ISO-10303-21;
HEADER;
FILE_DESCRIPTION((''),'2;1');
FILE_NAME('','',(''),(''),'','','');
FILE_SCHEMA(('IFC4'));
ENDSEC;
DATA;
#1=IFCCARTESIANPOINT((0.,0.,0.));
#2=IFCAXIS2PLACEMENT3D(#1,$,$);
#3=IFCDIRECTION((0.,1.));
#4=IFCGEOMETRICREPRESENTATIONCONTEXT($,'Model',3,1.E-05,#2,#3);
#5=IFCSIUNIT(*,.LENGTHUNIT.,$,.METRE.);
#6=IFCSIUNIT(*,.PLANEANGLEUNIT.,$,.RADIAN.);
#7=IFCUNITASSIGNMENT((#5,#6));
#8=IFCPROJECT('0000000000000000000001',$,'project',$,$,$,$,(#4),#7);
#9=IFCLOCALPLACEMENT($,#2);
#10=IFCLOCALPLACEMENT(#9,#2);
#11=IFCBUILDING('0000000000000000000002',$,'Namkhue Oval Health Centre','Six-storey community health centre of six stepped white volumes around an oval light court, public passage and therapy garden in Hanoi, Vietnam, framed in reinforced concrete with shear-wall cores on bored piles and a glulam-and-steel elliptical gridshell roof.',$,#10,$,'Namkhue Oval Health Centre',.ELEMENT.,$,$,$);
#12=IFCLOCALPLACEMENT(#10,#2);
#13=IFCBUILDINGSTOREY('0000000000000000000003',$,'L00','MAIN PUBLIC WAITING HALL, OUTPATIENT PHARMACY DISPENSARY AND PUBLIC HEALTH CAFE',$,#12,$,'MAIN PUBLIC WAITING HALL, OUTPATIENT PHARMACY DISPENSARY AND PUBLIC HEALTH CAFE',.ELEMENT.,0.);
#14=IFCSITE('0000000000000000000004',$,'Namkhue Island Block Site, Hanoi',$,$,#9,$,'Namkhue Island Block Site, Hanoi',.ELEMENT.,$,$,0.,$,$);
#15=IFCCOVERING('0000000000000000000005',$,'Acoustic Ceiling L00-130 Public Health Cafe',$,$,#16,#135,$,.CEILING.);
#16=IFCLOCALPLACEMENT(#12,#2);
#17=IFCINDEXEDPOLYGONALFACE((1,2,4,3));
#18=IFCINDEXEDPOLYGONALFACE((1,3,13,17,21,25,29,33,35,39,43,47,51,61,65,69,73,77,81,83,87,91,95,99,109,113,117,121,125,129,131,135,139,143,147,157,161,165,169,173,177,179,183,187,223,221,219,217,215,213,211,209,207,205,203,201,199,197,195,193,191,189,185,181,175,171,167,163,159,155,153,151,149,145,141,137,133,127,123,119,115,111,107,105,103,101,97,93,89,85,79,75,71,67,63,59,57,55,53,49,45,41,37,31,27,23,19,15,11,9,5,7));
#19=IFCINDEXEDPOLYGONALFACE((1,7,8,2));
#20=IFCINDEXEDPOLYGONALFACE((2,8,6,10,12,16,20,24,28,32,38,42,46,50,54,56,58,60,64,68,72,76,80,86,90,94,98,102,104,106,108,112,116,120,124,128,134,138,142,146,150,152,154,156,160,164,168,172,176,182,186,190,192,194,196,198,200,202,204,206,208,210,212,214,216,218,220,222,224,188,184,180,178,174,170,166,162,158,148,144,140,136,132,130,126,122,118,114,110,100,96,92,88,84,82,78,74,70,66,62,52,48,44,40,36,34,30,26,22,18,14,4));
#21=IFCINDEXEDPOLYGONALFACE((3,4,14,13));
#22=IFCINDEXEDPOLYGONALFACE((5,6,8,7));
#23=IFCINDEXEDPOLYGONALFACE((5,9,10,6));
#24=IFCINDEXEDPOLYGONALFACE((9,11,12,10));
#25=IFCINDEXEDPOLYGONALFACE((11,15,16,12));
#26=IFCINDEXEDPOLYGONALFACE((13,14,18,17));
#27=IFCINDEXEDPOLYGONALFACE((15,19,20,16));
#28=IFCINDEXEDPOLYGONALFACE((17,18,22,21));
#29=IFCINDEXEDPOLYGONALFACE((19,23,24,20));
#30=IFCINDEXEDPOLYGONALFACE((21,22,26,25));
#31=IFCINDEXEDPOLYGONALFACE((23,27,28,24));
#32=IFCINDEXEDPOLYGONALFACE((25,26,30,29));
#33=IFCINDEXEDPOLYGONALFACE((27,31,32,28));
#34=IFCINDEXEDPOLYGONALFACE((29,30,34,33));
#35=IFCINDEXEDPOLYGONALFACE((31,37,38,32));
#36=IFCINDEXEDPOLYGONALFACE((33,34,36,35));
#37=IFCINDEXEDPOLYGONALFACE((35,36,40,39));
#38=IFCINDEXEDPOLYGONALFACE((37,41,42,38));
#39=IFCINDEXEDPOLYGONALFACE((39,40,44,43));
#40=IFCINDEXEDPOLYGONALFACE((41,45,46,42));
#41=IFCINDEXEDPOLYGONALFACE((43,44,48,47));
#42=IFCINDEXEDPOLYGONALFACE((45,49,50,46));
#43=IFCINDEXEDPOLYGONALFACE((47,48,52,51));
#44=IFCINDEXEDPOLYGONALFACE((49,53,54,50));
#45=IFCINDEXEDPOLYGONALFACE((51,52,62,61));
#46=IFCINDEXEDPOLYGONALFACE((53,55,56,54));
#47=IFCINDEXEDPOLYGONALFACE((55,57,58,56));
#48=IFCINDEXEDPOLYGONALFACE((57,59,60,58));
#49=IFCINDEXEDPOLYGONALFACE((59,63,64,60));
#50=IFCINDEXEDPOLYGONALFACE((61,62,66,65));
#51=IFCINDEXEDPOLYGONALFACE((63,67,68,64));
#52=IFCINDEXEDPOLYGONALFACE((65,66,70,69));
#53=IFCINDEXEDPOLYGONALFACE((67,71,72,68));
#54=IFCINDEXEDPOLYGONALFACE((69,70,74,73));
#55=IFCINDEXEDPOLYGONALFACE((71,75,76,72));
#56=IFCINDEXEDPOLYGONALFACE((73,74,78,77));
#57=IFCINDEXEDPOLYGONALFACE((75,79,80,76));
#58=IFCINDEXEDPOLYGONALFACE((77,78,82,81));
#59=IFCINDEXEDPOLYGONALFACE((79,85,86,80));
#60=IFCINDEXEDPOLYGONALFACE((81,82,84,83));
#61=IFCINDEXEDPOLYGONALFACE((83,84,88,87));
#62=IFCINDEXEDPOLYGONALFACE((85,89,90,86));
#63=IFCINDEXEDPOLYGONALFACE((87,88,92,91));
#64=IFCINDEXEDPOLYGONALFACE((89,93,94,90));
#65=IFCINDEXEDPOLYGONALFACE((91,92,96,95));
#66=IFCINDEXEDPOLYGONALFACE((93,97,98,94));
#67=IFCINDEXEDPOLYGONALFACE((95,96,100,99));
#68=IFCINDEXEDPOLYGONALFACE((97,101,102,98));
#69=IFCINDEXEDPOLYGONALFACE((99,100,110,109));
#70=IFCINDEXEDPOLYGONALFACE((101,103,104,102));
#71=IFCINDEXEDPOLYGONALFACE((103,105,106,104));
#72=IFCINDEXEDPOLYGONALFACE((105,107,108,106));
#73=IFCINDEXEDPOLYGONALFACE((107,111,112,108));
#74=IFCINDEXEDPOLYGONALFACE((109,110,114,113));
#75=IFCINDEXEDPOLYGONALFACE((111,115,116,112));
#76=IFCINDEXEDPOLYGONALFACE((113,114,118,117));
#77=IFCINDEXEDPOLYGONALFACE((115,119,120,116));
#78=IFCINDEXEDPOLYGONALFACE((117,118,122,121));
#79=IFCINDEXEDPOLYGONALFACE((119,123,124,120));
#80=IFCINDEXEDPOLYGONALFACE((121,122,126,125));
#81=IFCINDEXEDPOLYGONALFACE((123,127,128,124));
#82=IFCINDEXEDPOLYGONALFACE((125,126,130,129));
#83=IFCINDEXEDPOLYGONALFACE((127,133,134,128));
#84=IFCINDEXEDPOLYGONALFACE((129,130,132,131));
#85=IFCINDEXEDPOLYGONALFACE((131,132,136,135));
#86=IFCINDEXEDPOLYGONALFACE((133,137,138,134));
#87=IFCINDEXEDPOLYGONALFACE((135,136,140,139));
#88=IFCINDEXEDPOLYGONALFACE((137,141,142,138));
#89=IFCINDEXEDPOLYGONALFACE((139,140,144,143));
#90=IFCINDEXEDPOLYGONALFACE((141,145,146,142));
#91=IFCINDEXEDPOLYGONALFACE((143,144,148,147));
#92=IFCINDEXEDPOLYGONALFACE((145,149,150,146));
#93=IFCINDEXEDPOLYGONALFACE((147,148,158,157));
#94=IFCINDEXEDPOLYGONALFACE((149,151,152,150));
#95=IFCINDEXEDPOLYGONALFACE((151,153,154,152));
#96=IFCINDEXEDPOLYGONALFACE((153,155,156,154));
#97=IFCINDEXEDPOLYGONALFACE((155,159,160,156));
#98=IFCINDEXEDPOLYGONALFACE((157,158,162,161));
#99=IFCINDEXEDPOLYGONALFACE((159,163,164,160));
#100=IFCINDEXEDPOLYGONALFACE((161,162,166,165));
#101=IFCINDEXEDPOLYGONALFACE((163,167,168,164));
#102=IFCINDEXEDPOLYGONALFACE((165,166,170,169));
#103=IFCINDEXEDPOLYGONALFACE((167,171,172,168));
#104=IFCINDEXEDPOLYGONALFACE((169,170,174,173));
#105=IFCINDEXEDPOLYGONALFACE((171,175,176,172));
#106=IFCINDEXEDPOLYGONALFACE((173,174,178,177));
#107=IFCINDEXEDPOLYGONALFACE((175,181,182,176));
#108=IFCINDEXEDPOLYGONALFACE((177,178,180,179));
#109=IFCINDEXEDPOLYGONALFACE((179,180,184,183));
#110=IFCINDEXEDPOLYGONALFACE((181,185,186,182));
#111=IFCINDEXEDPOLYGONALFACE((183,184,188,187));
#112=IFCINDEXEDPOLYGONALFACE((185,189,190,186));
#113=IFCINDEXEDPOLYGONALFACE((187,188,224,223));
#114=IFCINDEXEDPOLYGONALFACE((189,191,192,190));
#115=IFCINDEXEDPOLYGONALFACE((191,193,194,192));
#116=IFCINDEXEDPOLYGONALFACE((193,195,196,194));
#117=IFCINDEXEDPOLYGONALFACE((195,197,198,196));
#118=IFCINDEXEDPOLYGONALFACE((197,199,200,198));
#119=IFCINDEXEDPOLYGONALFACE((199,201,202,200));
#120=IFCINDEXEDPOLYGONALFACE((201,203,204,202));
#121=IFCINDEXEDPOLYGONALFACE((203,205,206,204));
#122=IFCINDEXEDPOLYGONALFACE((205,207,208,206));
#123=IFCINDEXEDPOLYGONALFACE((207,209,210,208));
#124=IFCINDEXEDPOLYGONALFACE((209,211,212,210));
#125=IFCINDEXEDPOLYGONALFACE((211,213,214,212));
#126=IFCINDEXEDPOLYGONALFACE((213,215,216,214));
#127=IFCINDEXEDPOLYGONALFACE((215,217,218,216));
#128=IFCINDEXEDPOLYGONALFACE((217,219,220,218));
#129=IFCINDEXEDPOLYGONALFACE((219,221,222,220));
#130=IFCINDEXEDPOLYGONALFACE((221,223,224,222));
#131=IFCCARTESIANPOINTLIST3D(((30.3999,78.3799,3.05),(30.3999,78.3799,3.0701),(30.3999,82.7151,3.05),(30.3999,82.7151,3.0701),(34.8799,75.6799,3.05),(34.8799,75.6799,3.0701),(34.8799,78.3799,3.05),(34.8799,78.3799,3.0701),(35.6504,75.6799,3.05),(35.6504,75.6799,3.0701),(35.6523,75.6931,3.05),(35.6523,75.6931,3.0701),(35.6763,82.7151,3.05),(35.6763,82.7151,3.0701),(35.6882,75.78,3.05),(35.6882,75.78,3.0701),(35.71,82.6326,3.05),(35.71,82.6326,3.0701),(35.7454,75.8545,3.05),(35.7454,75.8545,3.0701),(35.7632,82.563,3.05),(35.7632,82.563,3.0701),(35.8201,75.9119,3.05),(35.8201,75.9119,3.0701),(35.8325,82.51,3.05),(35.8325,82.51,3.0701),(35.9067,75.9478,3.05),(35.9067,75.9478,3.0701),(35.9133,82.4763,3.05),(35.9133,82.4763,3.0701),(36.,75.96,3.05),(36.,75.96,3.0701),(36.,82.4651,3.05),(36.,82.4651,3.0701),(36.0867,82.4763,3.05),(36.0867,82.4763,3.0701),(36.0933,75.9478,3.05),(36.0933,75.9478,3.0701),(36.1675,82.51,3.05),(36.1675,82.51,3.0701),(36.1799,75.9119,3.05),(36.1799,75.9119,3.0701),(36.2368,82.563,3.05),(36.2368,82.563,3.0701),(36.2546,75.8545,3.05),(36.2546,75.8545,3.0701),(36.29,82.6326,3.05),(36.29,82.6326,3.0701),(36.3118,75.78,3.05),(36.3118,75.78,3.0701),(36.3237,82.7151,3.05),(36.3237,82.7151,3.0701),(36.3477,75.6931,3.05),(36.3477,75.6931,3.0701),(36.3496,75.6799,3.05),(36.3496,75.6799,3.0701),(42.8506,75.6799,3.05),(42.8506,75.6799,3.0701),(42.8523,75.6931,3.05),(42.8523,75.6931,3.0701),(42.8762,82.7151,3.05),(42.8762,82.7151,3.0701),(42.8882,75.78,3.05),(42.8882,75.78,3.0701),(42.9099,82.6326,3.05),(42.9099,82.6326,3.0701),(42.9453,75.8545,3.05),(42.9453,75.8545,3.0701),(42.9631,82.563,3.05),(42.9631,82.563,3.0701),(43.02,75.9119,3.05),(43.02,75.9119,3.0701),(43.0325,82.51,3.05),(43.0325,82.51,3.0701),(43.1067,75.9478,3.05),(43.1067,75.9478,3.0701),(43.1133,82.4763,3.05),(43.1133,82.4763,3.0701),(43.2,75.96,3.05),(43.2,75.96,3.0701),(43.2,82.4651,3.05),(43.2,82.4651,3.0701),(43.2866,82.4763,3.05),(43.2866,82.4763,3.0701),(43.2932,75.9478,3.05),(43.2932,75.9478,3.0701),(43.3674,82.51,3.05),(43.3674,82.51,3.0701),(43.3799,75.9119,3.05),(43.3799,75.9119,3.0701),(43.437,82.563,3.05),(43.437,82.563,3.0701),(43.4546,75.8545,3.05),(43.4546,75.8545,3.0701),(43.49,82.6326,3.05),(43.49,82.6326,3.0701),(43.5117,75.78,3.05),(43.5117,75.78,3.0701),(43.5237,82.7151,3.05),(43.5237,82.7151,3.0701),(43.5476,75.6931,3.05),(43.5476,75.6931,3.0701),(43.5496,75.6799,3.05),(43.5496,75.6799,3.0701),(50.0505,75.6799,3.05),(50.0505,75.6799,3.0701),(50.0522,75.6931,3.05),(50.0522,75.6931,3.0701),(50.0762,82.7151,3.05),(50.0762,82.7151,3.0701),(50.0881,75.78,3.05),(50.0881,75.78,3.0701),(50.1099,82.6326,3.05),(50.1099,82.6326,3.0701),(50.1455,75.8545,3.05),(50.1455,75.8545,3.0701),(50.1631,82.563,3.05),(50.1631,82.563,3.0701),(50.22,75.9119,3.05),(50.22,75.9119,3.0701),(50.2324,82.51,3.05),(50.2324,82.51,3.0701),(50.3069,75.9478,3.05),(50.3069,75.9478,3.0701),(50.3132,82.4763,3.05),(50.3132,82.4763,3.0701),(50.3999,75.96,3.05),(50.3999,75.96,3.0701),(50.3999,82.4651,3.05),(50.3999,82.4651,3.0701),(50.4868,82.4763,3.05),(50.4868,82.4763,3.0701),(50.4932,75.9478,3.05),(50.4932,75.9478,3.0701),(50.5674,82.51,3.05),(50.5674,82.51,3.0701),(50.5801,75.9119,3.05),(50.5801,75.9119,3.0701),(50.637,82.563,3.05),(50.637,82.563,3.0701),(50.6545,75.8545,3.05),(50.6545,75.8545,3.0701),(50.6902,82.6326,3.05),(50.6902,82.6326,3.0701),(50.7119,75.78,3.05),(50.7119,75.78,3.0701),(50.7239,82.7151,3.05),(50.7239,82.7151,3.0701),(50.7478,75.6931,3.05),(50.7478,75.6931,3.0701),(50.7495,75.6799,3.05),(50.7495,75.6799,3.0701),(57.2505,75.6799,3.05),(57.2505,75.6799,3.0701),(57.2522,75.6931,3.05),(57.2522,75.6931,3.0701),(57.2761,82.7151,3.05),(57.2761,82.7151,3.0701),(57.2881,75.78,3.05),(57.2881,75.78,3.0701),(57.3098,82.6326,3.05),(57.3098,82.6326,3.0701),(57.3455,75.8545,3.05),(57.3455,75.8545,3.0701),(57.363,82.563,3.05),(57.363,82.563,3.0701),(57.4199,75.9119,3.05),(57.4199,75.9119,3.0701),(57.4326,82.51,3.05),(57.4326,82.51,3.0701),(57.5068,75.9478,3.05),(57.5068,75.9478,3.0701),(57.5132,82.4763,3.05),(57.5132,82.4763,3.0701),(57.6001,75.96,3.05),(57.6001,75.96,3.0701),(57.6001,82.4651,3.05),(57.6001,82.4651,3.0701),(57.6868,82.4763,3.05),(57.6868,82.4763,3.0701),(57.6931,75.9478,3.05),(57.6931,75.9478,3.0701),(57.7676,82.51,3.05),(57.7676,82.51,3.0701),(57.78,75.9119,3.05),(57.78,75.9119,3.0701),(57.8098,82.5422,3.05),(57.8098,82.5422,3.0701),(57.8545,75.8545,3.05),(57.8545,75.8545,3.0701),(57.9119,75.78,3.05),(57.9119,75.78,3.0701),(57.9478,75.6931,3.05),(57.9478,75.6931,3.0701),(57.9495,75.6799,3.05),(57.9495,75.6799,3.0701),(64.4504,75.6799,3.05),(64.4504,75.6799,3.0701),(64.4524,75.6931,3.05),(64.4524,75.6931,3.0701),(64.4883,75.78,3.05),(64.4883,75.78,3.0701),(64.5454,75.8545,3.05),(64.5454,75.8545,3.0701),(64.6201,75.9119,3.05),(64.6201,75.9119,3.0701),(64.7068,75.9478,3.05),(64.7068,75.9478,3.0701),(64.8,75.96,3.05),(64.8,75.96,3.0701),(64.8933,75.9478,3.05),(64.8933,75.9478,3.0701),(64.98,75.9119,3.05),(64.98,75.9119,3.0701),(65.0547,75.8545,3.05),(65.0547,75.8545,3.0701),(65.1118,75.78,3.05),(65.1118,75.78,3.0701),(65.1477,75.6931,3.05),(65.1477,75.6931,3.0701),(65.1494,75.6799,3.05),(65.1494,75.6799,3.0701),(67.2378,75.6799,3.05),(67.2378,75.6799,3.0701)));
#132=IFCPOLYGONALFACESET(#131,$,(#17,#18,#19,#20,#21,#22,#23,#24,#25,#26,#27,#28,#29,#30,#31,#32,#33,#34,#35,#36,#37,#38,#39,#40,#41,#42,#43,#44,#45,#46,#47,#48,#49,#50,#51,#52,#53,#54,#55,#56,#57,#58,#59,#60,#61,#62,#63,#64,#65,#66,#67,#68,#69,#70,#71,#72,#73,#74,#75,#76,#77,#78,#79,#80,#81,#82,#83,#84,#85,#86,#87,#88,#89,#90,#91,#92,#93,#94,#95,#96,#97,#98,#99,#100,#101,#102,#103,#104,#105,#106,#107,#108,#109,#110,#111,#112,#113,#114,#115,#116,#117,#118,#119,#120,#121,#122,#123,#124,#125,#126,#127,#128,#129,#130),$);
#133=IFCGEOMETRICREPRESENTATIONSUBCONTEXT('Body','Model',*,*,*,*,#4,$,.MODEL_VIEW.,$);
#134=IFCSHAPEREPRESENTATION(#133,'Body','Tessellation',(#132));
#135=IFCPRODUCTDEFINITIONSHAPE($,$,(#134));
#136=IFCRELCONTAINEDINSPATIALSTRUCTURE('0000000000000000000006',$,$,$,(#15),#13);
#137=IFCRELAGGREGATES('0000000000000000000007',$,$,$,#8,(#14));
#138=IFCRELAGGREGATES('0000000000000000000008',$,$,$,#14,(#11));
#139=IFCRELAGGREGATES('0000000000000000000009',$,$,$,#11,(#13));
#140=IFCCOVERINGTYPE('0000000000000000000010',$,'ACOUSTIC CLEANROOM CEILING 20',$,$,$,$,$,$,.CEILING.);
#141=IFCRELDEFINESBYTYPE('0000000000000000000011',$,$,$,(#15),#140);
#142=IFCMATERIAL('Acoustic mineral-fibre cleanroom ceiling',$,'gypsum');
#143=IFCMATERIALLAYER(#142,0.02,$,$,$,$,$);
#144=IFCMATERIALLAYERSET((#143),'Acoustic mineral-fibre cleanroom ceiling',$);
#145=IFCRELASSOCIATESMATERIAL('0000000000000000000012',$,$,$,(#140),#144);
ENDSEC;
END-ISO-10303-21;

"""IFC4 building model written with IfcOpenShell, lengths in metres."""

from ifc_helpers import new_model, si_unit, direction, frame, origin, place, context, subcontext, project, spatial, polyline, outline, extrude, material, layer, layer_set, type_object, element, save


model = new_model("IFC4")

# Units and contexts
model_context = context("Model", 3, precision=1e-05, world=origin(), true_north=direction((0.0, 1.0)))
body_context = subcontext(model_context, "Body", "Model", "MODEL_VIEW")
ifc_project = project(units=[si_unit("LENGTHUNIT", "METRE"), si_unit("PLANEANGLEUNIT", "RADIAN")], contexts=[model_context])

# Site, building, storey
site_placement = place(None, origin())
site = spatial("IfcSite", under=ifc_project, at=site_placement, Name="Namkhue Island Block Site, Hanoi", LongName="Namkhue Island Block Site, Hanoi", CompositionType="ELEMENT", RefElevation=0.0)
building_placement = place(site_placement, origin())
building = spatial("IfcBuilding", under=site, at=building_placement, Name="Namkhue Oval Health Centre", Description="Six-storey community health centre of six stepped white volumes around an oval light court, public passage and therapy garden in Hanoi, Vietnam, framed in reinforced concrete with shear-wall cores on bored piles and a glulam-and-steel elliptical gridshell roof.", LongName="Namkhue Oval Health Centre", CompositionType="ELEMENT")
storey_placement = place(building_placement, origin())
storey = spatial("IfcBuildingStorey", under=building, at=storey_placement, Name="L00", Description="MAIN PUBLIC WAITING HALL, OUTPATIENT PHARMACY DISPENSARY AND PUBLIC HEALTH CAFE", LongName="MAIN PUBLIC WAITING HALL, OUTPATIENT PHARMACY DISPENSARY AND PUBLIC HEALTH CAFE", CompositionType="ELEMENT", Elevation=0.0)

# Covering
ifc_material = material(Name="Acoustic mineral-fibre cleanroom ceiling", Category="gypsum")
ifc_layer = layer(ifc_material, 0.02)
ifc_layer_set = layer_set([ifc_layer], Name="Acoustic mineral-fibre cleanroom ceiling")
covering_type = type_object("IfcCoveringType", Name="ACOUSTIC CLEANROOM CEILING 20", PredefinedType="CEILING", material=ifc_layer_set)
covering_1_placement = place(storey_placement, frame((0.0, 0.0, 3.05)))
element("IfcCovering", 1, at=covering_1_placement, inside=storey, type_object=covering_type, Name="Acoustic Ceiling L00-130 Public Health Cafe", PredefinedType="CEILING", context=body_context, shape_type="SweptSolid", body=[
    extrude(outline(polyline([(65.1494, 75.6799), (65.1477, 75.6931), (65.1118, 75.78), (65.0547, 75.8545), (64.98, 75.9119), (64.8933, 75.9478), (64.8, 75.96), (64.7068, 75.9478), (64.6201, 75.9119), (64.5454, 75.8545), (64.4883, 75.78), (64.4524, 75.6931), (64.4504, 75.6799), (57.9495, 75.6799), (57.9478, 75.6931), (57.9119, 75.78), (57.8545, 75.8545), (57.78, 75.9119), (57.6931, 75.9478), (57.6001, 75.96), (57.5068, 75.9478), (57.4199, 75.9119), (57.3455, 75.8545), (57.2881, 75.78), (57.2522, 75.6931), (57.2505, 75.6799), (50.7495, 75.6799), (50.7478, 75.6931), (50.7119, 75.78), (50.6545, 75.8545), (50.5801, 75.9119), (50.4932, 75.9478), (50.3999, 75.96), (50.3069, 75.9478), (50.22, 75.9119), (50.1455, 75.8545), (50.0881, 75.78), (50.0522, 75.6931), (50.0505, 75.6799), (43.5496, 75.6799), (43.5476, 75.6931), (43.5117, 75.78), (43.4546, 75.8545), (43.3799, 75.9119), (43.2932, 75.9478), (43.2, 75.96), (43.1067, 75.9478), (43.02, 75.9119), (42.9453, 75.8545), (42.8882, 75.78), (42.8523, 75.6931), (42.8506, 75.6799), (36.3496, 75.6799), (36.3477, 75.6931), (36.3118, 75.78), (36.2546, 75.8545), (36.1799, 75.9119), (36.0933, 75.9478), (36.0, 75.96), (35.9067, 75.9478), (35.8201, 75.9119), (35.7454, 75.8545), (35.6882, 75.78), (35.6523, 75.6931), (35.6504, 75.6799), (34.8799, 75.6799), (34.8799, 78.3799), (30.3999, 78.3799), (30.3999, 82.7151), (35.6763, 82.7151), (35.71, 82.6326), (35.7632, 82.563), (35.8325, 82.51), (35.9133, 82.4763), (36.0, 82.4651), (36.0867, 82.4763), (36.1675, 82.51), (36.2368, 82.563), (36.29, 82.6326), (36.3237, 82.7151), (42.8762, 82.7151), (42.9099, 82.6326), (42.9631, 82.563), (43.0325, 82.51), (43.1133, 82.4763), (43.2, 82.4651), (43.2866, 82.4763), (43.3674, 82.51), (43.437, 82.563), (43.49, 82.6326), (43.5237, 82.7151), (50.0762, 82.7151), (50.1099, 82.6326), (50.1631, 82.563), (50.2324, 82.51), (50.3132, 82.4763), (50.3999, 82.4651), (50.4868, 82.4763), (50.5674, 82.51), (50.637, 82.563), (50.6902, 82.6326), (50.7239, 82.7151), (57.2761, 82.7151), (57.3098, 82.6326), (57.363, 82.563), (57.4326, 82.51), (57.5132, 82.4763), (57.6001, 82.4651), (57.6868, 82.4763), (57.7676, 82.51), (57.8098, 82.5422), (67.2378, 75.6799), (65.1494, 75.6799)])), origin(), (0.0, 0.0, 1.0), 0.02),
])

save(model, "model.ifc")
